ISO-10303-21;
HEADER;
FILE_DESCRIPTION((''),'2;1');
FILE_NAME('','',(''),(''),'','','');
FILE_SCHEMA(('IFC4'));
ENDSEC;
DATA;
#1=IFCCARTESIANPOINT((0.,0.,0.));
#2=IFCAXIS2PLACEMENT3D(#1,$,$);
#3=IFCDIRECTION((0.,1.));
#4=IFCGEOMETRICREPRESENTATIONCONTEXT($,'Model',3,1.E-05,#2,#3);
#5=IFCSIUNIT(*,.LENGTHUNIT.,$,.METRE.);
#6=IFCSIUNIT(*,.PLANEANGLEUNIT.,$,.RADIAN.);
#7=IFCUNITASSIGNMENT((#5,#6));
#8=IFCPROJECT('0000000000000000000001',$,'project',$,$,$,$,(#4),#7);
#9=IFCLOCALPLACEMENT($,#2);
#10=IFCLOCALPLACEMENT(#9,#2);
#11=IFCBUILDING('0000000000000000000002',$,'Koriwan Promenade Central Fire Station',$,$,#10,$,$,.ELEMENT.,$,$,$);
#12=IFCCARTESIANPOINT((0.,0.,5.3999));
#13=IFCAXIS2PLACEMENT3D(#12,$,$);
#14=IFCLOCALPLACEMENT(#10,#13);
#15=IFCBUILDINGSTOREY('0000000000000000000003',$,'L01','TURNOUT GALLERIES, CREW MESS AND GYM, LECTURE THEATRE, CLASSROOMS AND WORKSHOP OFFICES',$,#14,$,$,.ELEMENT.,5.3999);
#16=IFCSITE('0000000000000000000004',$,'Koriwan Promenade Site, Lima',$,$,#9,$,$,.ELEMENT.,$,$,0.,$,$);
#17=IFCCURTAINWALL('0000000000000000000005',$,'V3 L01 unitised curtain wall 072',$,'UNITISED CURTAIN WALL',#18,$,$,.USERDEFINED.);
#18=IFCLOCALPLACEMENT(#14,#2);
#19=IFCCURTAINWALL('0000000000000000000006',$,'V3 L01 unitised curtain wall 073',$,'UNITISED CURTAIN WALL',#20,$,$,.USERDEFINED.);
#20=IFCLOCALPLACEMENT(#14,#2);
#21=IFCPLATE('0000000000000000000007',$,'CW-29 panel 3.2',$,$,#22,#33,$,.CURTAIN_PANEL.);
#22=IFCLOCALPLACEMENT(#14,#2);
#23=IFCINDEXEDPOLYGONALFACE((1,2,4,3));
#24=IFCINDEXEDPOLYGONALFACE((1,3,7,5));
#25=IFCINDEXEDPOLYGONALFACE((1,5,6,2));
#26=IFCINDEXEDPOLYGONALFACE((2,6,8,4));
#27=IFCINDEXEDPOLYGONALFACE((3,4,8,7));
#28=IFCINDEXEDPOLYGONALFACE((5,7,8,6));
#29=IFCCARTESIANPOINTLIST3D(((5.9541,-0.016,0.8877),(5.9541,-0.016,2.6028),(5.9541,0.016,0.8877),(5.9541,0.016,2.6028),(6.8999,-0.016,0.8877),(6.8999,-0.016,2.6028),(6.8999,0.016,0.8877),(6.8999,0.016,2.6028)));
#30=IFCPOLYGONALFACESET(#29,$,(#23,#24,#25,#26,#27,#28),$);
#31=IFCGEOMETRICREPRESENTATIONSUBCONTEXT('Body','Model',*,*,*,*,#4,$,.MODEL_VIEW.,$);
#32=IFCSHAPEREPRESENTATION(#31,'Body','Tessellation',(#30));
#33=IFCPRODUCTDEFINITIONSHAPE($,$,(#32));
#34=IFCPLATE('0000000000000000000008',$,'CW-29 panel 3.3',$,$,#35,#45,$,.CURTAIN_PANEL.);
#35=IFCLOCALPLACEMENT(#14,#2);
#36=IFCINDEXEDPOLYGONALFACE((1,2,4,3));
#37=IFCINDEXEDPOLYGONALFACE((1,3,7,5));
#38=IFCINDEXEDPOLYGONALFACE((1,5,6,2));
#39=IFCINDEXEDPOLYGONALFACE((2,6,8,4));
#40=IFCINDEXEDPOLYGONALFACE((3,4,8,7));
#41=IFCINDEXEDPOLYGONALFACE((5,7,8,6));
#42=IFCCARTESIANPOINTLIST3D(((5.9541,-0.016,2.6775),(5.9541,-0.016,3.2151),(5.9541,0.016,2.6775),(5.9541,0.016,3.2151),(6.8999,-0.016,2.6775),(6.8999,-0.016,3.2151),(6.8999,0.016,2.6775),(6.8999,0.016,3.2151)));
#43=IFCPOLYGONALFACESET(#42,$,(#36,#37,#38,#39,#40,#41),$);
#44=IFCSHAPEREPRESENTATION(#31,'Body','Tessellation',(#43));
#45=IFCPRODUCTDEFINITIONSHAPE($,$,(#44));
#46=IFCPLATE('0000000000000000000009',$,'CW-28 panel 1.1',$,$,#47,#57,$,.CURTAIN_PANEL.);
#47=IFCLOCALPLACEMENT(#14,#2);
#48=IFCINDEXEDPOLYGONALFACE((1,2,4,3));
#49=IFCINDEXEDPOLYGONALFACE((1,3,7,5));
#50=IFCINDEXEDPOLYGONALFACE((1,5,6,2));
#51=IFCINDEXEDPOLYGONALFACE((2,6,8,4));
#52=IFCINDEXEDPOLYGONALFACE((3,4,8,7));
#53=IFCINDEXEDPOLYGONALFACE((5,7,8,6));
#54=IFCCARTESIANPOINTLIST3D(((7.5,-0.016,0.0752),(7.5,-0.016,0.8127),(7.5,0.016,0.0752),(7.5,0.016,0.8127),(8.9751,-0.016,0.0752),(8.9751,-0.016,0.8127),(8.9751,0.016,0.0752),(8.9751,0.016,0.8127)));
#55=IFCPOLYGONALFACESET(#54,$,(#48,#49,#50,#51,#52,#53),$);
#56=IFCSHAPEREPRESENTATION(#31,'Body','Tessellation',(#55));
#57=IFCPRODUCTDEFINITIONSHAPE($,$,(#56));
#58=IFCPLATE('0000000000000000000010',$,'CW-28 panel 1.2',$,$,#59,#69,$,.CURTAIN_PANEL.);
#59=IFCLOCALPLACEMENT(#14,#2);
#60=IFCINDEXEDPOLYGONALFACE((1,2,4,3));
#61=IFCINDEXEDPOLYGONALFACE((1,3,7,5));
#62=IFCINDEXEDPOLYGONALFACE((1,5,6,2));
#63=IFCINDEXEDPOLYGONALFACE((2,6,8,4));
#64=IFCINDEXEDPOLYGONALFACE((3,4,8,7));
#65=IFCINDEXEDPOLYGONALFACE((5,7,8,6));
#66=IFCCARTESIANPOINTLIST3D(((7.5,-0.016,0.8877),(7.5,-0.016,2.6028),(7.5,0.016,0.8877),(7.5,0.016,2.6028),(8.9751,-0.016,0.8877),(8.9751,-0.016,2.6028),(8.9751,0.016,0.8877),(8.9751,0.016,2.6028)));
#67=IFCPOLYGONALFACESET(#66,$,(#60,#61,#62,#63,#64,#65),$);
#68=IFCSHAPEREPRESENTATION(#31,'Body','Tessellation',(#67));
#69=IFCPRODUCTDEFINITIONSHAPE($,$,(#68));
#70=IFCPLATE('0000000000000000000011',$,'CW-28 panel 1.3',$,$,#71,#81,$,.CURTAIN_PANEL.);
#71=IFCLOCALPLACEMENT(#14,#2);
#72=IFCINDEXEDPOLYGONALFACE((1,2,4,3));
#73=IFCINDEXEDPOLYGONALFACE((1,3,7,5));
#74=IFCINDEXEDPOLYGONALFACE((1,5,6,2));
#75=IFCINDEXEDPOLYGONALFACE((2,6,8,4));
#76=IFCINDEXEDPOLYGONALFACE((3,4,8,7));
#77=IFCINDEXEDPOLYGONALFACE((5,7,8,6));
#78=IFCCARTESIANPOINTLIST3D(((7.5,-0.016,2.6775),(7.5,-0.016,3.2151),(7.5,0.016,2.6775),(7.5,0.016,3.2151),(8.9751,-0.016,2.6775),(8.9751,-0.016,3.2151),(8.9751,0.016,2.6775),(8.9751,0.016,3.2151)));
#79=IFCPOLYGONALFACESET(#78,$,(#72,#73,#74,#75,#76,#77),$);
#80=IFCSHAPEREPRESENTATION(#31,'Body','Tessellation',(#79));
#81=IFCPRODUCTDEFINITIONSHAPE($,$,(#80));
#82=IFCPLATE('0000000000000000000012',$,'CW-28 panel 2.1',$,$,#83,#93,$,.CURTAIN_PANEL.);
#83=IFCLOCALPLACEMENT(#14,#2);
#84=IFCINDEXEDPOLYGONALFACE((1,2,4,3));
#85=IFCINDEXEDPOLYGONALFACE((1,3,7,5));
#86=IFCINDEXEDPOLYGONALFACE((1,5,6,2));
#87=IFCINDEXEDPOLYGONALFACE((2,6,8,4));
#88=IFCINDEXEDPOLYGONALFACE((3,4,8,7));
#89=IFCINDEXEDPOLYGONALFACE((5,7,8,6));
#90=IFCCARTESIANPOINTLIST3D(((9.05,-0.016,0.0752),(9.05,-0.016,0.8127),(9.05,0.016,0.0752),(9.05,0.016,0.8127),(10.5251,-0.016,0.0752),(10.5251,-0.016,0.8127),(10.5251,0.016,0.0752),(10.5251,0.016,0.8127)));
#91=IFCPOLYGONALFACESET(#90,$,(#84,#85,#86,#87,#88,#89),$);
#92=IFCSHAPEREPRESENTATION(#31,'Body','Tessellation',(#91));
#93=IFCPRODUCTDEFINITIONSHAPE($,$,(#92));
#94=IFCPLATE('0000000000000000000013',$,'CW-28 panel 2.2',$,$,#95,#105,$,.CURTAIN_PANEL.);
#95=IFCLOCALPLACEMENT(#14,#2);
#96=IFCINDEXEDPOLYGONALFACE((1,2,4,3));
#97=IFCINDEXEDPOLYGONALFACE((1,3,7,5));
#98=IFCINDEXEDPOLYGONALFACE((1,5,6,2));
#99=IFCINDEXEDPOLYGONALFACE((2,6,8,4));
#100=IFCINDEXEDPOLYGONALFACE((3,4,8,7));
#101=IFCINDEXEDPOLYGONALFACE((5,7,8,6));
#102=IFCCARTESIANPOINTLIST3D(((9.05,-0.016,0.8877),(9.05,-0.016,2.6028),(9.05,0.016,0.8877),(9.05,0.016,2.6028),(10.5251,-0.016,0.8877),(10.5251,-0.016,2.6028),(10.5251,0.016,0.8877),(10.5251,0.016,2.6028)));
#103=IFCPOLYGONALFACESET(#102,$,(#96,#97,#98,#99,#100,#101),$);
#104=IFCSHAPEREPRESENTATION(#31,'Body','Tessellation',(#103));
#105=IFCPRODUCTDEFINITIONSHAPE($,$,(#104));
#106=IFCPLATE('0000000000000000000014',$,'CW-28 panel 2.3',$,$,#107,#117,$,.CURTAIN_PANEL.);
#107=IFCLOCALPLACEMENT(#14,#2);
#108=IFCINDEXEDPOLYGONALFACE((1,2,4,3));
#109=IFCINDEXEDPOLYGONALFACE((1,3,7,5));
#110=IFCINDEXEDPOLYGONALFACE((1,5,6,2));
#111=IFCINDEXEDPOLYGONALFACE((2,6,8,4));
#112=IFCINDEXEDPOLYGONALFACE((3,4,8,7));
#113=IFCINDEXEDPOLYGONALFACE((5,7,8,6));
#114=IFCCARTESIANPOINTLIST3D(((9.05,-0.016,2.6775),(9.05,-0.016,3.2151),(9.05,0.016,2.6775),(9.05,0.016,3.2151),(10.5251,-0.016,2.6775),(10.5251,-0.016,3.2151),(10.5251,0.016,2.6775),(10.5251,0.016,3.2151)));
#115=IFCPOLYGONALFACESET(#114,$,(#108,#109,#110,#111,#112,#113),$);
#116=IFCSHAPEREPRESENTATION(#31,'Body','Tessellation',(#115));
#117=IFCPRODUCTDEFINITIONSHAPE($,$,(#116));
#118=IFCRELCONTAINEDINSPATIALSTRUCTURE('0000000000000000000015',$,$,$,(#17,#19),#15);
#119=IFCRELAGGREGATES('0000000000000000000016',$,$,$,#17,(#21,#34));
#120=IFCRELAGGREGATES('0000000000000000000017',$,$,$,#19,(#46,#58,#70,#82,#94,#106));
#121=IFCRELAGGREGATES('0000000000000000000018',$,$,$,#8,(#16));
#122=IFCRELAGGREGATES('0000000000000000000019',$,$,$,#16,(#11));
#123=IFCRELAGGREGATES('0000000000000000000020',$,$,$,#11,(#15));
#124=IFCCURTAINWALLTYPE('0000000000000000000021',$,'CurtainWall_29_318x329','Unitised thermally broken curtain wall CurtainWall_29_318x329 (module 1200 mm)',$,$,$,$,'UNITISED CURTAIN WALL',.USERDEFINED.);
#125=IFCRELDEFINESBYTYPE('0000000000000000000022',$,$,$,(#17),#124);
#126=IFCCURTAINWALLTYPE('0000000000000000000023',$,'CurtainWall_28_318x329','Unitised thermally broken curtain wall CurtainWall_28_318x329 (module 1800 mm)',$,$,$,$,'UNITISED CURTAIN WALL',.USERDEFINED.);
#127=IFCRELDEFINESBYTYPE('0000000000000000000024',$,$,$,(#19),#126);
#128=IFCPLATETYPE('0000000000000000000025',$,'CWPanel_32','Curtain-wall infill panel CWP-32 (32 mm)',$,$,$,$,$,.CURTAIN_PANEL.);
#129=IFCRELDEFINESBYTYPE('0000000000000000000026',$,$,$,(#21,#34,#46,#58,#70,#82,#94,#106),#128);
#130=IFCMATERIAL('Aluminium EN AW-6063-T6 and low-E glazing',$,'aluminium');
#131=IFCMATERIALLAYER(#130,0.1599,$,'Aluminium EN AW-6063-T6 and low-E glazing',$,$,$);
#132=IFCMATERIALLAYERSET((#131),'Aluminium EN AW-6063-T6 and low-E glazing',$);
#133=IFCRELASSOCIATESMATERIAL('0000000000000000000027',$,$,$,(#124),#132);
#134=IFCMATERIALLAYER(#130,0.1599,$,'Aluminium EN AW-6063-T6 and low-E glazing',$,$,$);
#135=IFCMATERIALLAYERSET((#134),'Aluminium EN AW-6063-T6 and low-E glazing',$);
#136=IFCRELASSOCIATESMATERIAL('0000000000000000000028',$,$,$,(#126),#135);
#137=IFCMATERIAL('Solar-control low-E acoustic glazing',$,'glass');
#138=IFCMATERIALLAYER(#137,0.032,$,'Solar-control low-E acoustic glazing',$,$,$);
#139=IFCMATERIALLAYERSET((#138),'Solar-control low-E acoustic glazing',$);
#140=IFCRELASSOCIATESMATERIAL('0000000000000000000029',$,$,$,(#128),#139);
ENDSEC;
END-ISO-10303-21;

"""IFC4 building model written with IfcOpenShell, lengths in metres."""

from ifc_helpers import new_model, si_unit, direction, frame, origin, origin_2d, place, context, subcontext, project, spatial, rectangle, extrude, material, layer, layer_set, type_object, element, aggregate, save


model = new_model("IFC4")

# Units and contexts
model_context = context("Model", 3, precision=1e-05, world=origin(), true_north=direction((0.0, 1.0)))
body_context = subcontext(model_context, "Body", "Model", "MODEL_VIEW")
ifc_project = project(units=[si_unit("LENGTHUNIT", "METRE"), si_unit("PLANEANGLEUNIT", "RADIAN")], contexts=[model_context])

# Site, building, storey
site_placement = place(None, origin())
site = spatial("IfcSite", under=ifc_project, at=site_placement, Name="Koriwan Promenade Site, Lima", CompositionType="ELEMENT", RefElevation=0.0)
building_placement = place(site_placement, origin())
building = spatial("IfcBuilding", under=site, at=building_placement, Name="Koriwan Promenade Central Fire Station", CompositionType="ELEMENT")
storey_placement = place(building_placement, frame((0.0, 0.0, 5.3999)))
storey = spatial("IfcBuildingStorey", under=building, at=storey_placement, Name="L01", Description="TURNOUT GALLERIES, CREW MESS AND GYM, LECTURE THEATRE, CLASSROOMS AND WORKSHOP OFFICES", CompositionType="ELEMENT", Elevation=5.3999)

# Curtain walls
ifc_material_1 = material(Name="Aluminium EN AW-6063-T6 and low-E glazing", Category="aluminium")
ifc_layer_1 = layer(ifc_material_1, 0.1599, Name="Aluminium EN AW-6063-T6 and low-E glazing")
ifc_layer_set_1 = layer_set([ifc_layer_1], Name="Aluminium EN AW-6063-T6 and low-E glazing")
curtain_wall_type_1 = type_object("IfcCurtainWallType", Name="CurtainWall_29_318x329", Description="Unitised thermally broken curtain wall CurtainWall_29_318x329 (module 1200 mm)", ElementType="UNITISED CURTAIN WALL", PredefinedType="USERDEFINED", material=ifc_layer_set_1)
curtain_wall_1_placement = place(storey_placement, origin())
curtain_wall_1 = element("IfcCurtainWall", 1, at=curtain_wall_1_placement, inside=storey, type_object=curtain_wall_type_1, Name="V3 L01 unitised curtain wall 072", ObjectType="UNITISED CURTAIN WALL", PredefinedType="USERDEFINED")
ifc_layer_2 = layer(ifc_material_1, 0.1599, Name="Aluminium EN AW-6063-T6 and low-E glazing")
ifc_layer_set_2 = layer_set([ifc_layer_2], Name="Aluminium EN AW-6063-T6 and low-E glazing")
curtain_wall_type_2 = type_object("IfcCurtainWallType", Name="CurtainWall_28_318x329", Description="Unitised thermally broken curtain wall CurtainWall_28_318x329 (module 1800 mm)", ElementType="UNITISED CURTAIN WALL", PredefinedType="USERDEFINED", material=ifc_layer_set_2)
curtain_wall_2_placement = place(storey_placement, origin())
curtain_wall_2 = element("IfcCurtainWall", 2, at=curtain_wall_2_placement, inside=storey, type_object=curtain_wall_type_2, Name="V3 L01 unitised curtain wall 073", ObjectType="UNITISED CURTAIN WALL", PredefinedType="USERDEFINED")

# Plates
ifc_material_2 = material(Name="Solar-control low-E acoustic glazing", Category="glass")
ifc_layer_3 = layer(ifc_material_2, 0.032, Name="Solar-control low-E acoustic glazing")
ifc_layer_set_3 = layer_set([ifc_layer_3], Name="Solar-control low-E acoustic glazing")
plate_type = type_object("IfcPlateType", Name="CWPanel_32", Description="Curtain-wall infill panel CWP-32 (32 mm)", PredefinedType="CURTAIN_PANEL", material=ifc_layer_set_3)
plate_1_placement = place(storey_placement, frame((6.427, 0.0, 0.8877), z_axis=(0.0, 0.0, 1.0), x_axis=(1.0, 0.0, 0.0)))
plate_1 = element("IfcPlate", 3, at=plate_1_placement, type_object=plate_type, Name="CW-29 panel 3.2", PredefinedType="CURTAIN_PANEL", context=body_context, shape_type="SweptSolid", body=[
    extrude(rectangle(XDim=0.9458, YDim=0.032, at=origin_2d()), origin(), (0.0, 0.0, 1.0), 1.7151),
])
plate_2_placement = place(storey_placement, frame((6.427, 0.0, 2.6775), z_axis=(0.0, 0.0, 1.0), x_axis=(1.0, 0.0, 0.0)))
plate_2 = element("IfcPlate", 4, at=plate_2_placement, type_object=plate_type, Name="CW-29 panel 3.3", PredefinedType="CURTAIN_PANEL", context=body_context, shape_type="SweptSolid", body=[
    extrude(rectangle(XDim=0.9458, YDim=0.032, at=origin_2d()), origin(), (0.0, 0.0, 1.0), 0.5376),
])
aggregate(curtain_wall_1, [plate_1, plate_2])
plate_3_placement = place(storey_placement, frame((8.2375, 0.0, 0.0752), z_axis=(0.0, 0.0, 1.0), x_axis=(1.0, 0.0, 0.0)))
plate_3 = element("IfcPlate", 5, at=plate_3_placement, type_object=plate_type, Name="CW-28 panel 1.1", PredefinedType="CURTAIN_PANEL", context=body_context, shape_type="SweptSolid", body=[
    extrude(rectangle(XDim=1.4751, YDim=0.032, at=origin_2d()), origin(), (0.0, 0.0, 1.0), 0.7375),
])
plate_4_placement = place(storey_placement, frame((8.2375, 0.0, 0.8877), z_axis=(0.0, 0.0, 1.0), x_axis=(1.0, 0.0, 0.0)))
plate_4 = element("IfcPlate", 6, at=plate_4_placement, type_object=plate_type, Name="CW-28 panel 1.2", PredefinedType="CURTAIN_PANEL", context=body_context, shape_type="SweptSolid", body=[
    extrude(rectangle(XDim=1.4751, YDim=0.032, at=origin_2d()), origin(), (0.0, 0.0, 1.0), 1.7151),
])
plate_5_placement = place(storey_placement, frame((8.2375, 0.0, 2.6775), z_axis=(0.0, 0.0, 1.0), x_axis=(1.0, 0.0, 0.0)))
plate_5 = element("IfcPlate", 7, at=plate_5_placement, type_object=plate_type, Name="CW-28 panel 1.3", PredefinedType="CURTAIN_PANEL", context=body_context, shape_type="SweptSolid", body=[
    extrude(rectangle(XDim=1.4751, YDim=0.032, at=origin_2d()), origin(), (0.0, 0.0, 1.0), 0.5376),
])
plate_6_placement = place(storey_placement, frame((9.7876, 0.0, 0.0752), z_axis=(0.0, 0.0, 1.0), x_axis=(1.0, 0.0, 0.0)))
plate_6 = element("IfcPlate", 8, at=plate_6_placement, type_object=plate_type, Name="CW-28 panel 2.1", PredefinedType="CURTAIN_PANEL", context=body_context, shape_type="SweptSolid", body=[
    extrude(rectangle(XDim=1.4751, YDim=0.032, at=origin_2d()), origin(), (0.0, 0.0, 1.0), 0.7375),
])
plate_7_placement = place(storey_placement, frame((9.7876, 0.0, 0.8877), z_axis=(0.0, 0.0, 1.0), x_axis=(1.0, 0.0, 0.0)))
plate_7 = element("IfcPlate", 9, at=plate_7_placement, type_object=plate_type, Name="CW-28 panel 2.2", PredefinedType="CURTAIN_PANEL", context=body_context, shape_type="SweptSolid", body=[
    extrude(rectangle(XDim=1.4751, YDim=0.032, at=origin_2d()), origin(), (0.0, 0.0, 1.0), 1.7151),
])
plate_8_placement = place(storey_placement, frame((9.7876, 0.0, 2.6775), z_axis=(0.0, 0.0, 1.0), x_axis=(1.0, 0.0, 0.0)))
plate_8 = element("IfcPlate", 10, at=plate_8_placement, type_object=plate_type, Name="CW-28 panel 2.3", PredefinedType="CURTAIN_PANEL", context=body_context, shape_type="SweptSolid", body=[
    extrude(rectangle(XDim=1.4751, YDim=0.032, at=origin_2d()), origin(), (0.0, 0.0, 1.0), 0.5376),
])
aggregate(curtain_wall_2, [plate_3, plate_4, plate_5, plate_6, plate_7, plate_8])

save(model, "model.ifc")
